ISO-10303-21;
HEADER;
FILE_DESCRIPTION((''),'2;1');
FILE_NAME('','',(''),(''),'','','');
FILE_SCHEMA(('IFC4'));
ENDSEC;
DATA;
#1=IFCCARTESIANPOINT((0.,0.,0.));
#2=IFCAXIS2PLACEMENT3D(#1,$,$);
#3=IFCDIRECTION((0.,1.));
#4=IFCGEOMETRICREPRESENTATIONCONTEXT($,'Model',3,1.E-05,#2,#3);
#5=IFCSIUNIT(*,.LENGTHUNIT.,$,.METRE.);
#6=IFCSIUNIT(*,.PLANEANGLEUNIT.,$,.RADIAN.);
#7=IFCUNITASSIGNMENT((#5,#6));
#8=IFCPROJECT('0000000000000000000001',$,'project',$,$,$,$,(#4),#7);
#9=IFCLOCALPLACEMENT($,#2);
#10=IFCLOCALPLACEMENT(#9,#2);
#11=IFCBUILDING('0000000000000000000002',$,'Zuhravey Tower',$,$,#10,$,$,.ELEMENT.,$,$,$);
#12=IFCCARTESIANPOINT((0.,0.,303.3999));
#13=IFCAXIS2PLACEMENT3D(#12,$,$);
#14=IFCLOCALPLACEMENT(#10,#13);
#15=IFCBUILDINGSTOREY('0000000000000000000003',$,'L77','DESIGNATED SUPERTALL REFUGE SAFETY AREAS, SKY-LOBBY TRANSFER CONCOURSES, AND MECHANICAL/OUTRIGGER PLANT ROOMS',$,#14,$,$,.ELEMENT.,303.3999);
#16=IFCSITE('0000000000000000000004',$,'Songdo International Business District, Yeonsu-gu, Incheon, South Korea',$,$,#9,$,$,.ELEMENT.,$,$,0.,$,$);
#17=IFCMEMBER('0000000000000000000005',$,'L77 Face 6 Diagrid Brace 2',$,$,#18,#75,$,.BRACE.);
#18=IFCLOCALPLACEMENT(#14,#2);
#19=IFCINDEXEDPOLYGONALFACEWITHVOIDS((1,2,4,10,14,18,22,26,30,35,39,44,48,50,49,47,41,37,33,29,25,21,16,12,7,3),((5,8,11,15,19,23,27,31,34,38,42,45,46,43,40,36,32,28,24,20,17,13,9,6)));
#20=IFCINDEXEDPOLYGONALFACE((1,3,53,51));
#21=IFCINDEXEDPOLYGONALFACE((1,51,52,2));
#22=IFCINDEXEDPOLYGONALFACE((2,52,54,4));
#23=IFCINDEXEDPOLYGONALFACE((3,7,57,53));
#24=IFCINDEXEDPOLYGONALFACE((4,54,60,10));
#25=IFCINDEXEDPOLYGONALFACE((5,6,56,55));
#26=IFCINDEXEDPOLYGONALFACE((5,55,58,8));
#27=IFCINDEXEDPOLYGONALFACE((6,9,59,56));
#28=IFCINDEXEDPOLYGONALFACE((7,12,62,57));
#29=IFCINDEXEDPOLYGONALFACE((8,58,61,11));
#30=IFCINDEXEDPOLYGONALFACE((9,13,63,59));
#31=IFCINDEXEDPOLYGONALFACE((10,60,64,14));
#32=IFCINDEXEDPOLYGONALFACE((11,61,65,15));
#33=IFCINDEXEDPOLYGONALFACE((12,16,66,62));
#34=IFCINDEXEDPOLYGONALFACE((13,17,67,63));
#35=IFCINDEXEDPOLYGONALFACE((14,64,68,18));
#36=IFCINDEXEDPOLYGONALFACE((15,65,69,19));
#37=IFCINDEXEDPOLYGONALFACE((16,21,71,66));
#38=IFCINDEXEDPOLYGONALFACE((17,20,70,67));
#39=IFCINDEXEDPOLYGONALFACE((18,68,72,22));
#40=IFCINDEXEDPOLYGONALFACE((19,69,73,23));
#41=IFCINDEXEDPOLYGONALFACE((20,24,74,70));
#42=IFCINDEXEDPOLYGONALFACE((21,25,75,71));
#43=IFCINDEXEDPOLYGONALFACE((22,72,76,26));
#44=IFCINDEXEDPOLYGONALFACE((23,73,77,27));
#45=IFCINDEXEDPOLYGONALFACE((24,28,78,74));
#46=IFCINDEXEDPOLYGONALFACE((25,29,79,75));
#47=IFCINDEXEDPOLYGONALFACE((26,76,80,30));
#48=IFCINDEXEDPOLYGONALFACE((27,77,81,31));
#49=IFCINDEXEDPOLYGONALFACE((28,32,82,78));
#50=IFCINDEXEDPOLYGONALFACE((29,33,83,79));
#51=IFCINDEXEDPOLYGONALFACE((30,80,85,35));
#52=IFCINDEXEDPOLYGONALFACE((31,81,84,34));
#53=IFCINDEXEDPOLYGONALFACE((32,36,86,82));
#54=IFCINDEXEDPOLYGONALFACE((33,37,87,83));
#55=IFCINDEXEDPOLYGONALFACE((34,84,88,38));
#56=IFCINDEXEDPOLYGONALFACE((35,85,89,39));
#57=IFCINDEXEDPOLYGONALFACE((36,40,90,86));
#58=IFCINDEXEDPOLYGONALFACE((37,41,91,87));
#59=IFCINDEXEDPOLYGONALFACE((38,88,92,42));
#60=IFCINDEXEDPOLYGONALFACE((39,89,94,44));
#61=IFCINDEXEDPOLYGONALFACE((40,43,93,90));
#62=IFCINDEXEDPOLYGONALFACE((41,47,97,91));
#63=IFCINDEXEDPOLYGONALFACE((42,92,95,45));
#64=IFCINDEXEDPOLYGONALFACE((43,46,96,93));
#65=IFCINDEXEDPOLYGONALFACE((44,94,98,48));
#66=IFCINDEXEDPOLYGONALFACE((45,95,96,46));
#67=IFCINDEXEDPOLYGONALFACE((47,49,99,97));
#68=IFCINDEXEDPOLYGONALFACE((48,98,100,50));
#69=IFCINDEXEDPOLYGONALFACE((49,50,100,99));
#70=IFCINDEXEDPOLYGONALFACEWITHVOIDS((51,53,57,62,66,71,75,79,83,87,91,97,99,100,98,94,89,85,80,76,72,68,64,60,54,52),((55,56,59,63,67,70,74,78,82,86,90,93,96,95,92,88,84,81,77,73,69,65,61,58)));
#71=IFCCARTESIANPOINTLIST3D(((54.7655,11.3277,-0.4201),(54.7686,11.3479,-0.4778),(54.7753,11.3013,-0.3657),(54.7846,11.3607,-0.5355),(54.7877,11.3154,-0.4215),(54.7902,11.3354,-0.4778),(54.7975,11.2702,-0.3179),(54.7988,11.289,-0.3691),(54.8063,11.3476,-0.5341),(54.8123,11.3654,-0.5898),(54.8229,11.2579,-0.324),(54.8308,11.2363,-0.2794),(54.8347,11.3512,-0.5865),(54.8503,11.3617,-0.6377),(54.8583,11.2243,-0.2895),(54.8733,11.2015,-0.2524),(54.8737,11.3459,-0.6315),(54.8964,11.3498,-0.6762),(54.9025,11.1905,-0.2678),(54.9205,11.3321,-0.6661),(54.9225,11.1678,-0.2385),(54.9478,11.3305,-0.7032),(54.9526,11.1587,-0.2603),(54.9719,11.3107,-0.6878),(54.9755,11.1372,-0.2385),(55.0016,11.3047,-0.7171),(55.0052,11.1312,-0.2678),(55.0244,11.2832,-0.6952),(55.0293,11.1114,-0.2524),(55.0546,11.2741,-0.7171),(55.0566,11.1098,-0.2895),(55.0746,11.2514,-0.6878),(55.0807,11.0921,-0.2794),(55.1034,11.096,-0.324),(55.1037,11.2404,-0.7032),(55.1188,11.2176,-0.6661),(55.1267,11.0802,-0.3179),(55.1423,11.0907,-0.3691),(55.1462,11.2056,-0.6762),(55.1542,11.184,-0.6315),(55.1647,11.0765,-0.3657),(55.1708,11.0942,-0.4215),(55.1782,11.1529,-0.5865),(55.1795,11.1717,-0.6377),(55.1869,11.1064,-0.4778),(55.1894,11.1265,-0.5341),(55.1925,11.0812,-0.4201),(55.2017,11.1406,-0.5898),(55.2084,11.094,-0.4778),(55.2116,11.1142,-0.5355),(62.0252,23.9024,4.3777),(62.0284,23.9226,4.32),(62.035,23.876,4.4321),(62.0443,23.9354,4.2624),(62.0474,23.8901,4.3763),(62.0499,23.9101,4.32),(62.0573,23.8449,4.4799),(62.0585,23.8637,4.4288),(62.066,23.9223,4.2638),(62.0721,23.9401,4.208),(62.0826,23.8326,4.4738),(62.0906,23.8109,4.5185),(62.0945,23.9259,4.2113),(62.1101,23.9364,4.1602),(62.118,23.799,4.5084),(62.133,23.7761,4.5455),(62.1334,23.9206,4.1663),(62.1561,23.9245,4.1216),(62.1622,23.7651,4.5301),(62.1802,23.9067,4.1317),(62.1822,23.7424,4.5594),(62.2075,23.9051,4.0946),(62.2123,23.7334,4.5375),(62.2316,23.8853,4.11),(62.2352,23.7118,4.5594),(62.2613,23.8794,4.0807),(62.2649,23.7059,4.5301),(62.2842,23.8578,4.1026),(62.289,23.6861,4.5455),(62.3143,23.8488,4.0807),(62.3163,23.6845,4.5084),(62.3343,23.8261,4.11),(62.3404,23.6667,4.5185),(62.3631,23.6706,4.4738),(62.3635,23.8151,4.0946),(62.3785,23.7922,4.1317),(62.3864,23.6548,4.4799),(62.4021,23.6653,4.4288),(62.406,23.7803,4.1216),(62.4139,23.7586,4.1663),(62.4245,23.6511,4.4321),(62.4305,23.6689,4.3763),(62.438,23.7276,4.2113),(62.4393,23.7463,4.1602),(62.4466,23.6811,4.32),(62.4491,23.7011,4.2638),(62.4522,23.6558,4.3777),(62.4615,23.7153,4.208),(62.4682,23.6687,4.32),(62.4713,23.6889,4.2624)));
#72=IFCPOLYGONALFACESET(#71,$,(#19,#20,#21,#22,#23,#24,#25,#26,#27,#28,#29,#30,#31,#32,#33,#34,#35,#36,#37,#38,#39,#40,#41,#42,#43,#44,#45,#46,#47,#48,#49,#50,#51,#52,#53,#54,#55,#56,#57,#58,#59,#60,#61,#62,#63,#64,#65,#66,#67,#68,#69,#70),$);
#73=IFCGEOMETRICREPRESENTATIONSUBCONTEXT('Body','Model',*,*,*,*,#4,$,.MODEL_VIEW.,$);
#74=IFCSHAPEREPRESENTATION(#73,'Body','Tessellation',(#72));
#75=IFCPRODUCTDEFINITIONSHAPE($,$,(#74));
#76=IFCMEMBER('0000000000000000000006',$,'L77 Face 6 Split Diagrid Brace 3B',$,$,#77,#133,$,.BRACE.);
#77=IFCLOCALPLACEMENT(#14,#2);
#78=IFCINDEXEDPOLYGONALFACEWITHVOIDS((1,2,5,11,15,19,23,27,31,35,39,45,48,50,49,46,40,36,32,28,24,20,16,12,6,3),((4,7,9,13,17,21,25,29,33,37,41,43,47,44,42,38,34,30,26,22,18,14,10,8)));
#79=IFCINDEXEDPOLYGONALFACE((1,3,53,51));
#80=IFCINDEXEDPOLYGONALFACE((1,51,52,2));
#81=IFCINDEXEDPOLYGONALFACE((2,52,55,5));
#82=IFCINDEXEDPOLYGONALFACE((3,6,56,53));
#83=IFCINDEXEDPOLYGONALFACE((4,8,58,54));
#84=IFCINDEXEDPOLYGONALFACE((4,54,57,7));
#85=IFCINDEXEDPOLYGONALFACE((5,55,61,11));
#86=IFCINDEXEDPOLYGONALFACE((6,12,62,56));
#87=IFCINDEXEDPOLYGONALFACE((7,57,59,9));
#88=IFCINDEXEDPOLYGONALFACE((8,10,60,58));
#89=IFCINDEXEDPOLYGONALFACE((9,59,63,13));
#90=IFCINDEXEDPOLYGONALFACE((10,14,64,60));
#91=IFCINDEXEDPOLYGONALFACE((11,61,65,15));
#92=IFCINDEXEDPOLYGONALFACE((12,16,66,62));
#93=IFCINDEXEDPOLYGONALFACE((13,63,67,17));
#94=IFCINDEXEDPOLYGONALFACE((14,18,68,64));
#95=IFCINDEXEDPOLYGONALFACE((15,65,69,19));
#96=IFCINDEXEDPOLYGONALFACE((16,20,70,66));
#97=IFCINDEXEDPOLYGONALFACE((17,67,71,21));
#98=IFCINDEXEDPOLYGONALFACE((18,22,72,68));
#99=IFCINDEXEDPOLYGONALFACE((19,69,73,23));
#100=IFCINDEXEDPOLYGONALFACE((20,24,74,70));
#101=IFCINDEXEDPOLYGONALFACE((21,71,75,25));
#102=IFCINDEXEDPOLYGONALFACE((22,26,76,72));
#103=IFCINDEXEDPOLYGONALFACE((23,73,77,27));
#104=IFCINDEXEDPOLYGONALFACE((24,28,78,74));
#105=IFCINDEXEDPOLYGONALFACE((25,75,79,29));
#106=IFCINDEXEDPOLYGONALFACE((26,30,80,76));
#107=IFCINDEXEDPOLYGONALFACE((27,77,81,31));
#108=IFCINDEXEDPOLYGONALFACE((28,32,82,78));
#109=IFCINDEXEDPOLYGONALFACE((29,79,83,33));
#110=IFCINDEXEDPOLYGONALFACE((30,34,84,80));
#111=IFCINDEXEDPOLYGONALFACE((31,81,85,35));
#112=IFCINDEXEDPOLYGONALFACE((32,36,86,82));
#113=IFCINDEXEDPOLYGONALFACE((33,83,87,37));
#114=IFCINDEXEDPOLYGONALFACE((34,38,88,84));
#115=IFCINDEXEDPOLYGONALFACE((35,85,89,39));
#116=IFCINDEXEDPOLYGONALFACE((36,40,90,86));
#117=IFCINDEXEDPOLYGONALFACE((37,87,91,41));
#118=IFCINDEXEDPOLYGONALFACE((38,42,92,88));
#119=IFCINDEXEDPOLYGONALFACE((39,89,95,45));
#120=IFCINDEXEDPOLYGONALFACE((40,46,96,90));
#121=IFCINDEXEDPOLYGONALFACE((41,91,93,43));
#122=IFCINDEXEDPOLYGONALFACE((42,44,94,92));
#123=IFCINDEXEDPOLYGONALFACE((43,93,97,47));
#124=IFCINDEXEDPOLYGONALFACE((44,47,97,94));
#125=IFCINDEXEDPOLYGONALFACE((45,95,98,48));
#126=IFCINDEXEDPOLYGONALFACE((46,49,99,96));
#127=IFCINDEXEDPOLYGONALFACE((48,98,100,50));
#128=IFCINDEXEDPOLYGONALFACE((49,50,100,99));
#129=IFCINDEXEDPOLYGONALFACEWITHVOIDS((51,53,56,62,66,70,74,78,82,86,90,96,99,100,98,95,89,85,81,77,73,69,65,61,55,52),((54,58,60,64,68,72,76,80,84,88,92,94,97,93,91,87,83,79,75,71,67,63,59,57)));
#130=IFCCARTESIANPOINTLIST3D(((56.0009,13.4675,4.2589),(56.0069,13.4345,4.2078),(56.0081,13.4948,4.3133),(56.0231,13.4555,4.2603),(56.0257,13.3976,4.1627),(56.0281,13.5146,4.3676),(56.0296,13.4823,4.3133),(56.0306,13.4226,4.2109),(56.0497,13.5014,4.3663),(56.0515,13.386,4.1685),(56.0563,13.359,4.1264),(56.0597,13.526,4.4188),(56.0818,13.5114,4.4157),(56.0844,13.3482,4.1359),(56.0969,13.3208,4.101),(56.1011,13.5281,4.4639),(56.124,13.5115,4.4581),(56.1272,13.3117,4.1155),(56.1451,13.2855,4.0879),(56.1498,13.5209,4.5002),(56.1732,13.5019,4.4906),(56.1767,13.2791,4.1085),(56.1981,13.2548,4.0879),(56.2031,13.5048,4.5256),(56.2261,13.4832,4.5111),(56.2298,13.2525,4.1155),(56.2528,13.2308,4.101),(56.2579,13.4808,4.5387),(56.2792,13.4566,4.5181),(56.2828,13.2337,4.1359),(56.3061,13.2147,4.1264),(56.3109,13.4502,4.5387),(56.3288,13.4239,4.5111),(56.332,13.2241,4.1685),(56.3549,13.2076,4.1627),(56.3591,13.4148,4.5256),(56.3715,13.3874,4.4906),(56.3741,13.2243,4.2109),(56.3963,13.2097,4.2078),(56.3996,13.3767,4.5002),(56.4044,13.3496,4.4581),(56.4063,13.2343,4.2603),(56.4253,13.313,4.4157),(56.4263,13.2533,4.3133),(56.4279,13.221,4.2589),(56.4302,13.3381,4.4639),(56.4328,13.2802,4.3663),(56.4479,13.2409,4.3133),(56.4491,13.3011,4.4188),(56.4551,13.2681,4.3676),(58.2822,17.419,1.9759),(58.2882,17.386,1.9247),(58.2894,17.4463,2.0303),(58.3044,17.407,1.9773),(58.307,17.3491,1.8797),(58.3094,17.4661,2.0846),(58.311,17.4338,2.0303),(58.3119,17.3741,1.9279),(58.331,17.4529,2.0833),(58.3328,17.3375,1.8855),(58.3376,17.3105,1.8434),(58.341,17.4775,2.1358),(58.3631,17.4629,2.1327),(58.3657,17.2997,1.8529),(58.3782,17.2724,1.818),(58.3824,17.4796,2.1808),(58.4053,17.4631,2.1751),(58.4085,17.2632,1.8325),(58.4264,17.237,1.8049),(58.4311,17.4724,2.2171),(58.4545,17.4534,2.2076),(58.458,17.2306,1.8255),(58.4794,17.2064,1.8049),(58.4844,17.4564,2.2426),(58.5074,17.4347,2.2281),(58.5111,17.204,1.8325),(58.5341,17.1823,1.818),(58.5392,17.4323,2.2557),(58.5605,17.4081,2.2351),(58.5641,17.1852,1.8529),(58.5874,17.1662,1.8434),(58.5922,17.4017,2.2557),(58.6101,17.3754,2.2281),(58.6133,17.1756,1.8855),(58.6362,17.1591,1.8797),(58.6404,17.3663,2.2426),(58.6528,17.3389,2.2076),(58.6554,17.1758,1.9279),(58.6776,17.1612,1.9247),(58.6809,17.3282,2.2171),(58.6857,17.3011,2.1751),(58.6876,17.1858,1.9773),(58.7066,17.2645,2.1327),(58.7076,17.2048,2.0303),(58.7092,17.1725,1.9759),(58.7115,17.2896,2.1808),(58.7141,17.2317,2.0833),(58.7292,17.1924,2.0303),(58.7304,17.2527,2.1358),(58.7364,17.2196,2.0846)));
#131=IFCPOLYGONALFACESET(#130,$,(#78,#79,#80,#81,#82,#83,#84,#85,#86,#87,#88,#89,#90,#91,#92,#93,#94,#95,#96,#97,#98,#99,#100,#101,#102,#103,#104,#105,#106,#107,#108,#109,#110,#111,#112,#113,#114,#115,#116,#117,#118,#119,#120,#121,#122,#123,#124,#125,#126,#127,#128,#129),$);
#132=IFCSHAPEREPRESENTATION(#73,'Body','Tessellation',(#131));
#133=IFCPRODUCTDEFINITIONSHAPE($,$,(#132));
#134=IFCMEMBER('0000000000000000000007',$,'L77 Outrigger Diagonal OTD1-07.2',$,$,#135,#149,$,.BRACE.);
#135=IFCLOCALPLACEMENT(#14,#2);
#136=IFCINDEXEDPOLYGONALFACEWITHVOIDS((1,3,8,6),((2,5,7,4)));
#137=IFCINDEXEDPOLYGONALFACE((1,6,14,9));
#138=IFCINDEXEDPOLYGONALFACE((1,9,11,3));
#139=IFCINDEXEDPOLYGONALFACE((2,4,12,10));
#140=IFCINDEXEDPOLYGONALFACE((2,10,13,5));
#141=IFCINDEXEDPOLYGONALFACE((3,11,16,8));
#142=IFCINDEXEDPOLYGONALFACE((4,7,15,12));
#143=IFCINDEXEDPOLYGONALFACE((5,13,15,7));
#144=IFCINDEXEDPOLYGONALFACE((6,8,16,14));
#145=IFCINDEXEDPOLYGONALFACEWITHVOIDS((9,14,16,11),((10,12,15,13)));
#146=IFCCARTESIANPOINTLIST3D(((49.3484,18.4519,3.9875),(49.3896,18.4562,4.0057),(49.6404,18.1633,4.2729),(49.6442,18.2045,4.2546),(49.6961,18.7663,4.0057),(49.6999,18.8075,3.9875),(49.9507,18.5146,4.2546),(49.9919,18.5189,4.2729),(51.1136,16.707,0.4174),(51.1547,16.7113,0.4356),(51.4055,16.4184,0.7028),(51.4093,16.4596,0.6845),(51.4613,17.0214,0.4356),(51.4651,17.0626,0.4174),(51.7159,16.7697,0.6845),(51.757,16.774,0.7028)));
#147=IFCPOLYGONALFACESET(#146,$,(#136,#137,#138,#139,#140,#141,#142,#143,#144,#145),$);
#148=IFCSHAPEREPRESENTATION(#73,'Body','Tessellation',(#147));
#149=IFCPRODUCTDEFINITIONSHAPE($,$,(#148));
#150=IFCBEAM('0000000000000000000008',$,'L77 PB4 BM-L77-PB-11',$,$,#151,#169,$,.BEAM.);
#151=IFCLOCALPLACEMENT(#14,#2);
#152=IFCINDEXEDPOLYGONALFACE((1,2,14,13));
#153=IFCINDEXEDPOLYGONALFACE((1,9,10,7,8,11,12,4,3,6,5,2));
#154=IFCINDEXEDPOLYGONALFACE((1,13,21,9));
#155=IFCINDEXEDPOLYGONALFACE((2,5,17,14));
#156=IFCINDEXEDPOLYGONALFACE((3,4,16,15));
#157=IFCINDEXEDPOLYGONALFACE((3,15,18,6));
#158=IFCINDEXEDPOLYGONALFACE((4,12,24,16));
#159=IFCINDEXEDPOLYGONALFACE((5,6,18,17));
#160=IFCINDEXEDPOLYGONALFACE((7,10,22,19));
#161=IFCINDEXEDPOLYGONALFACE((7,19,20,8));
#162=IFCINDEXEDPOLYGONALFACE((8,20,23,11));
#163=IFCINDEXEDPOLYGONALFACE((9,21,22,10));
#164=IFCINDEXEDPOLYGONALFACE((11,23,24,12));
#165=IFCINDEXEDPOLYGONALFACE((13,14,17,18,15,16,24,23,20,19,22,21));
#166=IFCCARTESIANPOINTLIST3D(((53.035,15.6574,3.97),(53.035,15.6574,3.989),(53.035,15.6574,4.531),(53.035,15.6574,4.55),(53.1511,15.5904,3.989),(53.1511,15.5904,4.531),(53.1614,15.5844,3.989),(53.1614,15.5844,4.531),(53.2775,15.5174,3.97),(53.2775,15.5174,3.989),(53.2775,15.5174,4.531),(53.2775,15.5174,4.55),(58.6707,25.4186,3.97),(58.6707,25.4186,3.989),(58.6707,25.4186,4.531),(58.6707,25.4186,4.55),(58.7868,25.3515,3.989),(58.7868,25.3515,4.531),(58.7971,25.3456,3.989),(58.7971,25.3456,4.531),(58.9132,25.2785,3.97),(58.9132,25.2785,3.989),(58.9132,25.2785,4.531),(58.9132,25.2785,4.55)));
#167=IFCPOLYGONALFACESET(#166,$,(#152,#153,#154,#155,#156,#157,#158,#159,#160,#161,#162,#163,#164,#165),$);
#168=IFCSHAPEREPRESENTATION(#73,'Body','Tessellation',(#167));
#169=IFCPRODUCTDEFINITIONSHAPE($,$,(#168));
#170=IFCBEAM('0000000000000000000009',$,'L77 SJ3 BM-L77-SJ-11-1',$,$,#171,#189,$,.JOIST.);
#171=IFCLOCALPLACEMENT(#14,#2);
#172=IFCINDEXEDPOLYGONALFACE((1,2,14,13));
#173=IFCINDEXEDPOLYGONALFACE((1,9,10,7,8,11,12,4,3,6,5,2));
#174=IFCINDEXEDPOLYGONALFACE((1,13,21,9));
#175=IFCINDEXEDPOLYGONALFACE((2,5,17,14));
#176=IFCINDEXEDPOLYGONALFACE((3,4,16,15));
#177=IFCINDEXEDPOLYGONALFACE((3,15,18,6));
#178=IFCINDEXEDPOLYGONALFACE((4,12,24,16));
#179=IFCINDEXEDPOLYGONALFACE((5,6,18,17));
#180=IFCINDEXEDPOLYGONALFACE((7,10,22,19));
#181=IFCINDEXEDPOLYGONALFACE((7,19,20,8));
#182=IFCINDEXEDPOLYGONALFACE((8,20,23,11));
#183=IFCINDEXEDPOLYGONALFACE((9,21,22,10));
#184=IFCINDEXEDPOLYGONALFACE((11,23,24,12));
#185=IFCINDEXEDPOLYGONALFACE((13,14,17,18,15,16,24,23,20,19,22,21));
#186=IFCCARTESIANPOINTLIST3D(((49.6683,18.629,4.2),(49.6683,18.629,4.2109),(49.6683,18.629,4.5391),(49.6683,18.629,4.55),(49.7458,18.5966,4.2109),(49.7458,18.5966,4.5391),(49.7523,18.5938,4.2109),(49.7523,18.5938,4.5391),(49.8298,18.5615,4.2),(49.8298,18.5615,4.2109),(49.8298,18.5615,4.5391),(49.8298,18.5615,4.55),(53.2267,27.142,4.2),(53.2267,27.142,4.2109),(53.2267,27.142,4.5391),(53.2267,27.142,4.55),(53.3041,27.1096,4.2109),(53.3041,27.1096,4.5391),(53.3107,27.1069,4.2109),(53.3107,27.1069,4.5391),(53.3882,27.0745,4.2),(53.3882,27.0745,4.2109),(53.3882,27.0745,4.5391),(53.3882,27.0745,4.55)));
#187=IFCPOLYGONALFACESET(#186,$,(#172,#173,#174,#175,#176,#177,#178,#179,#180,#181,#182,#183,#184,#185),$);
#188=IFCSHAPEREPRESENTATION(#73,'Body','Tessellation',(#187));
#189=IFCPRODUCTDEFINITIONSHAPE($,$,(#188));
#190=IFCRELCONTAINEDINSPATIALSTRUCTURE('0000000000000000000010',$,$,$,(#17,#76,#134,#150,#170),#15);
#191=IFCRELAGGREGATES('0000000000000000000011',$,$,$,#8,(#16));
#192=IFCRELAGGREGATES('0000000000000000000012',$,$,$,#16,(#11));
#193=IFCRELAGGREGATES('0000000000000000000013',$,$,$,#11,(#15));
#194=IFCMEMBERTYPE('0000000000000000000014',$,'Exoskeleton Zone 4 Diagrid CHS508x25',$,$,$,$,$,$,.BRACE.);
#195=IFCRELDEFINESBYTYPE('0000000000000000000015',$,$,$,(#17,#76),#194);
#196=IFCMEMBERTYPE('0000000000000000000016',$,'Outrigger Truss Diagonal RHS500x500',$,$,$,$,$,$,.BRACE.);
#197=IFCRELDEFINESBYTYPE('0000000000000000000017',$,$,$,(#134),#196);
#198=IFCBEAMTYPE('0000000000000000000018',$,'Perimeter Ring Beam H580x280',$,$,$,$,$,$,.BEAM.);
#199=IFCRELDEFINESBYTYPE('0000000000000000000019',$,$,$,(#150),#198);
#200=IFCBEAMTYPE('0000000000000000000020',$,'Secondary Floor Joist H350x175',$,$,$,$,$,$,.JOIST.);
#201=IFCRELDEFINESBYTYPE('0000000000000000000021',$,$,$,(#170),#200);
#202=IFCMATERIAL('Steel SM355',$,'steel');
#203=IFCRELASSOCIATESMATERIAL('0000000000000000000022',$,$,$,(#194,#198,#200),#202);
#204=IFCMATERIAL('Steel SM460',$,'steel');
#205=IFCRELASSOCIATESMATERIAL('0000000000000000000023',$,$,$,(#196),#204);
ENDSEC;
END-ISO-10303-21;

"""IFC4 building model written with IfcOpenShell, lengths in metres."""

from ifc_helpers import new_model, si_unit, direction, frame, origin, origin_2d, place, context, subcontext, project, spatial, hollow_rectangle, hollow_circle, i_section, extrude, material, material_profile, profile_set, type_object, element, save


model = new_model("IFC4")

# Units and contexts
model_context = context("Model", 3, precision=1e-05, world=origin(), true_north=direction((0.0, 1.0)))
body_context = subcontext(model_context, "Body", "Model", "MODEL_VIEW")
ifc_project = project(units=[si_unit("LENGTHUNIT", "METRE"), si_unit("PLANEANGLEUNIT", "RADIAN")], contexts=[model_context])

# Site, building, storey
site_placement = place(None, origin())
site = spatial("IfcSite", under=ifc_project, at=site_placement, Name="Songdo International Business District, Yeonsu-gu, Incheon, South Korea", CompositionType="ELEMENT", RefElevation=0.0)
building_placement = place(site_placement, origin())
building = spatial("IfcBuilding", under=site, at=building_placement, Name="Zuhravey Tower", CompositionType="ELEMENT")
storey_placement = place(building_placement, frame((0.0, 0.0, 303.3999)))
storey = spatial("IfcBuildingStorey", under=building, at=storey_placement, Name="L77", Description="DESIGNATED SUPERTALL REFUGE SAFETY AREAS, SKY-LOBBY TRANSFER CONCOURSES, AND MECHANICAL/OUTRIGGER PLANT ROOMS", CompositionType="ELEMENT", Elevation=303.3999)

# Shared definitions
ifc_material_1 = material(Name="Steel SM355", Category="steel")

# Shared definitions
ifc_material_2 = material(Name="Steel SM460", Category="steel")

# Members
ifc_material_profile_1 = material_profile(ifc_material_1, hollow_circle(Radius=0.2539, WallThickness=0.0249, at=origin_2d()), Name="CHS-508.0x25")
ifc_profile_set_1 = profile_set([ifc_material_profile_1], Name="Steel SM355")
member_type_1 = type_object("IfcMemberType", Name="Exoskeleton Zone 4 Diagrid CHS508x25", PredefinedType="BRACE", material=ifc_profile_set_1)
member_1_placement = place(storey_placement, frame((54.9885, 11.2209, -0.4778), z_axis=(0.474741, 0.822303, 0.313748), x_axis=(-0.866033, 0.499987, 0.0)))
element("IfcMember", 1, at=member_1_placement, inside=storey, type_object=member_type_1, Name="L77 Face 6 Diagrid Brace 2", PredefinedType="BRACE", context=body_context, shape_type="SweptSolid", body=[
    extrude(hollow_circle(Radius=0.2539, WallThickness=0.0249, at=origin_2d()), origin(), (0.0, 0.0, 1.0), 15.292),
])
member_2_placement = place(storey_placement, frame((58.5093, 17.3193, 2.0303), z_axis=(-0.447135, -0.774494, 0.44747), x_axis=(0.866035, -0.499983, 0.0)))
element("IfcMember", 2, at=member_2_placement, inside=storey, type_object=member_type_1, Name="L77 Face 6 Split Diagrid Brace 3B", PredefinedType="BRACE", context=body_context, shape_type="SweptSolid", body=[
    extrude(hollow_circle(Radius=0.2539, WallThickness=0.0249, at=origin_2d()), origin(), (0.0, 0.0, 1.0), 5.1021),
])
ifc_material_profile_2 = material_profile(ifc_material_2, hollow_rectangle(XDim=0.5, YDim=0.5, WallThickness=0.032, at=origin_2d()), Name="RHS-500x500x32")
ifc_profile_set_2 = profile_set([ifc_material_profile_2], Name="Steel SM460")
member_type_2 = type_object("IfcMemberType", Name="Outrigger Truss Diagonal RHS500x500", PredefinedType="BRACE", material=ifc_profile_set_2)
member_3_placement = place(storey_placement, frame((51.4353, 16.7405, 0.5601), z_axis=(-0.405959, 0.401299, 0.82107), x_axis=(-0.703013, -0.711177, 0.0)))
element("IfcMember", 3, at=member_3_placement, inside=storey, type_object=member_type_2, Name="L77 Outrigger Diagonal OTD1-07.2", PredefinedType="BRACE", context=body_context, shape_type="SweptSolid", body=[
    extrude(hollow_rectangle(XDim=0.5, YDim=0.5, WallThickness=0.032, at=origin_2d()), origin(), (0.0, 0.0, 1.0), 4.3481),
])

# Beams
ifc_material_profile_3 = material_profile(ifc_material_1, i_section(OverallWidth=0.28, OverallDepth=0.5801, WebThickness=0.012, FlangeThickness=0.019, at=origin_2d()), Name="H-580x280x12x19")
ifc_profile_set_3 = profile_set([ifc_material_profile_3], Name="Steel SM355")
beam_type_1 = type_object("IfcBeamType", Name="Perimeter Ring Beam H580x280", PredefinedType="BEAM", material=ifc_profile_set_3)
beam_1_placement = place(storey_placement, frame((53.1562, 15.5874, 4.26), z_axis=(0.500006, 0.866022, 0.0), x_axis=(-0.866022, 0.500006, 0.0)))
element("IfcBeam", 4, at=beam_1_placement, inside=storey, type_object=beam_type_1, Name="L77 PB4 BM-L77-PB-11", PredefinedType="BEAM", context=body_context, shape_type="SweptSolid", body=[
    extrude(i_section(OverallWidth=0.28, OverallDepth=0.5801, WebThickness=0.012, FlangeThickness=0.019, at=origin_2d()), origin(), (0.0, 0.0, 1.0), 11.2712),
])
ifc_material_profile_4 = material_profile(ifc_material_1, i_section(OverallWidth=0.175, OverallDepth=0.3501, WebThickness=0.0071, FlangeThickness=0.011, at=origin_2d()), Name="H-350x175x7x11")
ifc_profile_set_4 = profile_set([ifc_material_profile_4], Name="Steel SM355")
beam_type_2 = type_object("IfcBeamType", Name="Secondary Floor Joist H350x175", PredefinedType="JOIST", material=ifc_profile_set_4)
beam_2_placement = place(storey_placement, frame((49.749, 18.5952, 4.375), z_axis=(0.385658, 0.922642, 0.0), x_axis=(-0.922642, 0.385658, 0.0)))
element("IfcBeam", 5, at=beam_2_placement, inside=storey, type_object=beam_type_2, Name="L77 SJ3 BM-L77-SJ-11-1", PredefinedType="JOIST", context=body_context, shape_type="SweptSolid", body=[
    extrude(i_section(OverallWidth=0.175, OverallDepth=0.3501, WebThickness=0.0071, FlangeThickness=0.011, at=origin_2d()), origin(), (0.0, 0.0, 1.0), 9.2268),
])

save(model, "model.ifc")
